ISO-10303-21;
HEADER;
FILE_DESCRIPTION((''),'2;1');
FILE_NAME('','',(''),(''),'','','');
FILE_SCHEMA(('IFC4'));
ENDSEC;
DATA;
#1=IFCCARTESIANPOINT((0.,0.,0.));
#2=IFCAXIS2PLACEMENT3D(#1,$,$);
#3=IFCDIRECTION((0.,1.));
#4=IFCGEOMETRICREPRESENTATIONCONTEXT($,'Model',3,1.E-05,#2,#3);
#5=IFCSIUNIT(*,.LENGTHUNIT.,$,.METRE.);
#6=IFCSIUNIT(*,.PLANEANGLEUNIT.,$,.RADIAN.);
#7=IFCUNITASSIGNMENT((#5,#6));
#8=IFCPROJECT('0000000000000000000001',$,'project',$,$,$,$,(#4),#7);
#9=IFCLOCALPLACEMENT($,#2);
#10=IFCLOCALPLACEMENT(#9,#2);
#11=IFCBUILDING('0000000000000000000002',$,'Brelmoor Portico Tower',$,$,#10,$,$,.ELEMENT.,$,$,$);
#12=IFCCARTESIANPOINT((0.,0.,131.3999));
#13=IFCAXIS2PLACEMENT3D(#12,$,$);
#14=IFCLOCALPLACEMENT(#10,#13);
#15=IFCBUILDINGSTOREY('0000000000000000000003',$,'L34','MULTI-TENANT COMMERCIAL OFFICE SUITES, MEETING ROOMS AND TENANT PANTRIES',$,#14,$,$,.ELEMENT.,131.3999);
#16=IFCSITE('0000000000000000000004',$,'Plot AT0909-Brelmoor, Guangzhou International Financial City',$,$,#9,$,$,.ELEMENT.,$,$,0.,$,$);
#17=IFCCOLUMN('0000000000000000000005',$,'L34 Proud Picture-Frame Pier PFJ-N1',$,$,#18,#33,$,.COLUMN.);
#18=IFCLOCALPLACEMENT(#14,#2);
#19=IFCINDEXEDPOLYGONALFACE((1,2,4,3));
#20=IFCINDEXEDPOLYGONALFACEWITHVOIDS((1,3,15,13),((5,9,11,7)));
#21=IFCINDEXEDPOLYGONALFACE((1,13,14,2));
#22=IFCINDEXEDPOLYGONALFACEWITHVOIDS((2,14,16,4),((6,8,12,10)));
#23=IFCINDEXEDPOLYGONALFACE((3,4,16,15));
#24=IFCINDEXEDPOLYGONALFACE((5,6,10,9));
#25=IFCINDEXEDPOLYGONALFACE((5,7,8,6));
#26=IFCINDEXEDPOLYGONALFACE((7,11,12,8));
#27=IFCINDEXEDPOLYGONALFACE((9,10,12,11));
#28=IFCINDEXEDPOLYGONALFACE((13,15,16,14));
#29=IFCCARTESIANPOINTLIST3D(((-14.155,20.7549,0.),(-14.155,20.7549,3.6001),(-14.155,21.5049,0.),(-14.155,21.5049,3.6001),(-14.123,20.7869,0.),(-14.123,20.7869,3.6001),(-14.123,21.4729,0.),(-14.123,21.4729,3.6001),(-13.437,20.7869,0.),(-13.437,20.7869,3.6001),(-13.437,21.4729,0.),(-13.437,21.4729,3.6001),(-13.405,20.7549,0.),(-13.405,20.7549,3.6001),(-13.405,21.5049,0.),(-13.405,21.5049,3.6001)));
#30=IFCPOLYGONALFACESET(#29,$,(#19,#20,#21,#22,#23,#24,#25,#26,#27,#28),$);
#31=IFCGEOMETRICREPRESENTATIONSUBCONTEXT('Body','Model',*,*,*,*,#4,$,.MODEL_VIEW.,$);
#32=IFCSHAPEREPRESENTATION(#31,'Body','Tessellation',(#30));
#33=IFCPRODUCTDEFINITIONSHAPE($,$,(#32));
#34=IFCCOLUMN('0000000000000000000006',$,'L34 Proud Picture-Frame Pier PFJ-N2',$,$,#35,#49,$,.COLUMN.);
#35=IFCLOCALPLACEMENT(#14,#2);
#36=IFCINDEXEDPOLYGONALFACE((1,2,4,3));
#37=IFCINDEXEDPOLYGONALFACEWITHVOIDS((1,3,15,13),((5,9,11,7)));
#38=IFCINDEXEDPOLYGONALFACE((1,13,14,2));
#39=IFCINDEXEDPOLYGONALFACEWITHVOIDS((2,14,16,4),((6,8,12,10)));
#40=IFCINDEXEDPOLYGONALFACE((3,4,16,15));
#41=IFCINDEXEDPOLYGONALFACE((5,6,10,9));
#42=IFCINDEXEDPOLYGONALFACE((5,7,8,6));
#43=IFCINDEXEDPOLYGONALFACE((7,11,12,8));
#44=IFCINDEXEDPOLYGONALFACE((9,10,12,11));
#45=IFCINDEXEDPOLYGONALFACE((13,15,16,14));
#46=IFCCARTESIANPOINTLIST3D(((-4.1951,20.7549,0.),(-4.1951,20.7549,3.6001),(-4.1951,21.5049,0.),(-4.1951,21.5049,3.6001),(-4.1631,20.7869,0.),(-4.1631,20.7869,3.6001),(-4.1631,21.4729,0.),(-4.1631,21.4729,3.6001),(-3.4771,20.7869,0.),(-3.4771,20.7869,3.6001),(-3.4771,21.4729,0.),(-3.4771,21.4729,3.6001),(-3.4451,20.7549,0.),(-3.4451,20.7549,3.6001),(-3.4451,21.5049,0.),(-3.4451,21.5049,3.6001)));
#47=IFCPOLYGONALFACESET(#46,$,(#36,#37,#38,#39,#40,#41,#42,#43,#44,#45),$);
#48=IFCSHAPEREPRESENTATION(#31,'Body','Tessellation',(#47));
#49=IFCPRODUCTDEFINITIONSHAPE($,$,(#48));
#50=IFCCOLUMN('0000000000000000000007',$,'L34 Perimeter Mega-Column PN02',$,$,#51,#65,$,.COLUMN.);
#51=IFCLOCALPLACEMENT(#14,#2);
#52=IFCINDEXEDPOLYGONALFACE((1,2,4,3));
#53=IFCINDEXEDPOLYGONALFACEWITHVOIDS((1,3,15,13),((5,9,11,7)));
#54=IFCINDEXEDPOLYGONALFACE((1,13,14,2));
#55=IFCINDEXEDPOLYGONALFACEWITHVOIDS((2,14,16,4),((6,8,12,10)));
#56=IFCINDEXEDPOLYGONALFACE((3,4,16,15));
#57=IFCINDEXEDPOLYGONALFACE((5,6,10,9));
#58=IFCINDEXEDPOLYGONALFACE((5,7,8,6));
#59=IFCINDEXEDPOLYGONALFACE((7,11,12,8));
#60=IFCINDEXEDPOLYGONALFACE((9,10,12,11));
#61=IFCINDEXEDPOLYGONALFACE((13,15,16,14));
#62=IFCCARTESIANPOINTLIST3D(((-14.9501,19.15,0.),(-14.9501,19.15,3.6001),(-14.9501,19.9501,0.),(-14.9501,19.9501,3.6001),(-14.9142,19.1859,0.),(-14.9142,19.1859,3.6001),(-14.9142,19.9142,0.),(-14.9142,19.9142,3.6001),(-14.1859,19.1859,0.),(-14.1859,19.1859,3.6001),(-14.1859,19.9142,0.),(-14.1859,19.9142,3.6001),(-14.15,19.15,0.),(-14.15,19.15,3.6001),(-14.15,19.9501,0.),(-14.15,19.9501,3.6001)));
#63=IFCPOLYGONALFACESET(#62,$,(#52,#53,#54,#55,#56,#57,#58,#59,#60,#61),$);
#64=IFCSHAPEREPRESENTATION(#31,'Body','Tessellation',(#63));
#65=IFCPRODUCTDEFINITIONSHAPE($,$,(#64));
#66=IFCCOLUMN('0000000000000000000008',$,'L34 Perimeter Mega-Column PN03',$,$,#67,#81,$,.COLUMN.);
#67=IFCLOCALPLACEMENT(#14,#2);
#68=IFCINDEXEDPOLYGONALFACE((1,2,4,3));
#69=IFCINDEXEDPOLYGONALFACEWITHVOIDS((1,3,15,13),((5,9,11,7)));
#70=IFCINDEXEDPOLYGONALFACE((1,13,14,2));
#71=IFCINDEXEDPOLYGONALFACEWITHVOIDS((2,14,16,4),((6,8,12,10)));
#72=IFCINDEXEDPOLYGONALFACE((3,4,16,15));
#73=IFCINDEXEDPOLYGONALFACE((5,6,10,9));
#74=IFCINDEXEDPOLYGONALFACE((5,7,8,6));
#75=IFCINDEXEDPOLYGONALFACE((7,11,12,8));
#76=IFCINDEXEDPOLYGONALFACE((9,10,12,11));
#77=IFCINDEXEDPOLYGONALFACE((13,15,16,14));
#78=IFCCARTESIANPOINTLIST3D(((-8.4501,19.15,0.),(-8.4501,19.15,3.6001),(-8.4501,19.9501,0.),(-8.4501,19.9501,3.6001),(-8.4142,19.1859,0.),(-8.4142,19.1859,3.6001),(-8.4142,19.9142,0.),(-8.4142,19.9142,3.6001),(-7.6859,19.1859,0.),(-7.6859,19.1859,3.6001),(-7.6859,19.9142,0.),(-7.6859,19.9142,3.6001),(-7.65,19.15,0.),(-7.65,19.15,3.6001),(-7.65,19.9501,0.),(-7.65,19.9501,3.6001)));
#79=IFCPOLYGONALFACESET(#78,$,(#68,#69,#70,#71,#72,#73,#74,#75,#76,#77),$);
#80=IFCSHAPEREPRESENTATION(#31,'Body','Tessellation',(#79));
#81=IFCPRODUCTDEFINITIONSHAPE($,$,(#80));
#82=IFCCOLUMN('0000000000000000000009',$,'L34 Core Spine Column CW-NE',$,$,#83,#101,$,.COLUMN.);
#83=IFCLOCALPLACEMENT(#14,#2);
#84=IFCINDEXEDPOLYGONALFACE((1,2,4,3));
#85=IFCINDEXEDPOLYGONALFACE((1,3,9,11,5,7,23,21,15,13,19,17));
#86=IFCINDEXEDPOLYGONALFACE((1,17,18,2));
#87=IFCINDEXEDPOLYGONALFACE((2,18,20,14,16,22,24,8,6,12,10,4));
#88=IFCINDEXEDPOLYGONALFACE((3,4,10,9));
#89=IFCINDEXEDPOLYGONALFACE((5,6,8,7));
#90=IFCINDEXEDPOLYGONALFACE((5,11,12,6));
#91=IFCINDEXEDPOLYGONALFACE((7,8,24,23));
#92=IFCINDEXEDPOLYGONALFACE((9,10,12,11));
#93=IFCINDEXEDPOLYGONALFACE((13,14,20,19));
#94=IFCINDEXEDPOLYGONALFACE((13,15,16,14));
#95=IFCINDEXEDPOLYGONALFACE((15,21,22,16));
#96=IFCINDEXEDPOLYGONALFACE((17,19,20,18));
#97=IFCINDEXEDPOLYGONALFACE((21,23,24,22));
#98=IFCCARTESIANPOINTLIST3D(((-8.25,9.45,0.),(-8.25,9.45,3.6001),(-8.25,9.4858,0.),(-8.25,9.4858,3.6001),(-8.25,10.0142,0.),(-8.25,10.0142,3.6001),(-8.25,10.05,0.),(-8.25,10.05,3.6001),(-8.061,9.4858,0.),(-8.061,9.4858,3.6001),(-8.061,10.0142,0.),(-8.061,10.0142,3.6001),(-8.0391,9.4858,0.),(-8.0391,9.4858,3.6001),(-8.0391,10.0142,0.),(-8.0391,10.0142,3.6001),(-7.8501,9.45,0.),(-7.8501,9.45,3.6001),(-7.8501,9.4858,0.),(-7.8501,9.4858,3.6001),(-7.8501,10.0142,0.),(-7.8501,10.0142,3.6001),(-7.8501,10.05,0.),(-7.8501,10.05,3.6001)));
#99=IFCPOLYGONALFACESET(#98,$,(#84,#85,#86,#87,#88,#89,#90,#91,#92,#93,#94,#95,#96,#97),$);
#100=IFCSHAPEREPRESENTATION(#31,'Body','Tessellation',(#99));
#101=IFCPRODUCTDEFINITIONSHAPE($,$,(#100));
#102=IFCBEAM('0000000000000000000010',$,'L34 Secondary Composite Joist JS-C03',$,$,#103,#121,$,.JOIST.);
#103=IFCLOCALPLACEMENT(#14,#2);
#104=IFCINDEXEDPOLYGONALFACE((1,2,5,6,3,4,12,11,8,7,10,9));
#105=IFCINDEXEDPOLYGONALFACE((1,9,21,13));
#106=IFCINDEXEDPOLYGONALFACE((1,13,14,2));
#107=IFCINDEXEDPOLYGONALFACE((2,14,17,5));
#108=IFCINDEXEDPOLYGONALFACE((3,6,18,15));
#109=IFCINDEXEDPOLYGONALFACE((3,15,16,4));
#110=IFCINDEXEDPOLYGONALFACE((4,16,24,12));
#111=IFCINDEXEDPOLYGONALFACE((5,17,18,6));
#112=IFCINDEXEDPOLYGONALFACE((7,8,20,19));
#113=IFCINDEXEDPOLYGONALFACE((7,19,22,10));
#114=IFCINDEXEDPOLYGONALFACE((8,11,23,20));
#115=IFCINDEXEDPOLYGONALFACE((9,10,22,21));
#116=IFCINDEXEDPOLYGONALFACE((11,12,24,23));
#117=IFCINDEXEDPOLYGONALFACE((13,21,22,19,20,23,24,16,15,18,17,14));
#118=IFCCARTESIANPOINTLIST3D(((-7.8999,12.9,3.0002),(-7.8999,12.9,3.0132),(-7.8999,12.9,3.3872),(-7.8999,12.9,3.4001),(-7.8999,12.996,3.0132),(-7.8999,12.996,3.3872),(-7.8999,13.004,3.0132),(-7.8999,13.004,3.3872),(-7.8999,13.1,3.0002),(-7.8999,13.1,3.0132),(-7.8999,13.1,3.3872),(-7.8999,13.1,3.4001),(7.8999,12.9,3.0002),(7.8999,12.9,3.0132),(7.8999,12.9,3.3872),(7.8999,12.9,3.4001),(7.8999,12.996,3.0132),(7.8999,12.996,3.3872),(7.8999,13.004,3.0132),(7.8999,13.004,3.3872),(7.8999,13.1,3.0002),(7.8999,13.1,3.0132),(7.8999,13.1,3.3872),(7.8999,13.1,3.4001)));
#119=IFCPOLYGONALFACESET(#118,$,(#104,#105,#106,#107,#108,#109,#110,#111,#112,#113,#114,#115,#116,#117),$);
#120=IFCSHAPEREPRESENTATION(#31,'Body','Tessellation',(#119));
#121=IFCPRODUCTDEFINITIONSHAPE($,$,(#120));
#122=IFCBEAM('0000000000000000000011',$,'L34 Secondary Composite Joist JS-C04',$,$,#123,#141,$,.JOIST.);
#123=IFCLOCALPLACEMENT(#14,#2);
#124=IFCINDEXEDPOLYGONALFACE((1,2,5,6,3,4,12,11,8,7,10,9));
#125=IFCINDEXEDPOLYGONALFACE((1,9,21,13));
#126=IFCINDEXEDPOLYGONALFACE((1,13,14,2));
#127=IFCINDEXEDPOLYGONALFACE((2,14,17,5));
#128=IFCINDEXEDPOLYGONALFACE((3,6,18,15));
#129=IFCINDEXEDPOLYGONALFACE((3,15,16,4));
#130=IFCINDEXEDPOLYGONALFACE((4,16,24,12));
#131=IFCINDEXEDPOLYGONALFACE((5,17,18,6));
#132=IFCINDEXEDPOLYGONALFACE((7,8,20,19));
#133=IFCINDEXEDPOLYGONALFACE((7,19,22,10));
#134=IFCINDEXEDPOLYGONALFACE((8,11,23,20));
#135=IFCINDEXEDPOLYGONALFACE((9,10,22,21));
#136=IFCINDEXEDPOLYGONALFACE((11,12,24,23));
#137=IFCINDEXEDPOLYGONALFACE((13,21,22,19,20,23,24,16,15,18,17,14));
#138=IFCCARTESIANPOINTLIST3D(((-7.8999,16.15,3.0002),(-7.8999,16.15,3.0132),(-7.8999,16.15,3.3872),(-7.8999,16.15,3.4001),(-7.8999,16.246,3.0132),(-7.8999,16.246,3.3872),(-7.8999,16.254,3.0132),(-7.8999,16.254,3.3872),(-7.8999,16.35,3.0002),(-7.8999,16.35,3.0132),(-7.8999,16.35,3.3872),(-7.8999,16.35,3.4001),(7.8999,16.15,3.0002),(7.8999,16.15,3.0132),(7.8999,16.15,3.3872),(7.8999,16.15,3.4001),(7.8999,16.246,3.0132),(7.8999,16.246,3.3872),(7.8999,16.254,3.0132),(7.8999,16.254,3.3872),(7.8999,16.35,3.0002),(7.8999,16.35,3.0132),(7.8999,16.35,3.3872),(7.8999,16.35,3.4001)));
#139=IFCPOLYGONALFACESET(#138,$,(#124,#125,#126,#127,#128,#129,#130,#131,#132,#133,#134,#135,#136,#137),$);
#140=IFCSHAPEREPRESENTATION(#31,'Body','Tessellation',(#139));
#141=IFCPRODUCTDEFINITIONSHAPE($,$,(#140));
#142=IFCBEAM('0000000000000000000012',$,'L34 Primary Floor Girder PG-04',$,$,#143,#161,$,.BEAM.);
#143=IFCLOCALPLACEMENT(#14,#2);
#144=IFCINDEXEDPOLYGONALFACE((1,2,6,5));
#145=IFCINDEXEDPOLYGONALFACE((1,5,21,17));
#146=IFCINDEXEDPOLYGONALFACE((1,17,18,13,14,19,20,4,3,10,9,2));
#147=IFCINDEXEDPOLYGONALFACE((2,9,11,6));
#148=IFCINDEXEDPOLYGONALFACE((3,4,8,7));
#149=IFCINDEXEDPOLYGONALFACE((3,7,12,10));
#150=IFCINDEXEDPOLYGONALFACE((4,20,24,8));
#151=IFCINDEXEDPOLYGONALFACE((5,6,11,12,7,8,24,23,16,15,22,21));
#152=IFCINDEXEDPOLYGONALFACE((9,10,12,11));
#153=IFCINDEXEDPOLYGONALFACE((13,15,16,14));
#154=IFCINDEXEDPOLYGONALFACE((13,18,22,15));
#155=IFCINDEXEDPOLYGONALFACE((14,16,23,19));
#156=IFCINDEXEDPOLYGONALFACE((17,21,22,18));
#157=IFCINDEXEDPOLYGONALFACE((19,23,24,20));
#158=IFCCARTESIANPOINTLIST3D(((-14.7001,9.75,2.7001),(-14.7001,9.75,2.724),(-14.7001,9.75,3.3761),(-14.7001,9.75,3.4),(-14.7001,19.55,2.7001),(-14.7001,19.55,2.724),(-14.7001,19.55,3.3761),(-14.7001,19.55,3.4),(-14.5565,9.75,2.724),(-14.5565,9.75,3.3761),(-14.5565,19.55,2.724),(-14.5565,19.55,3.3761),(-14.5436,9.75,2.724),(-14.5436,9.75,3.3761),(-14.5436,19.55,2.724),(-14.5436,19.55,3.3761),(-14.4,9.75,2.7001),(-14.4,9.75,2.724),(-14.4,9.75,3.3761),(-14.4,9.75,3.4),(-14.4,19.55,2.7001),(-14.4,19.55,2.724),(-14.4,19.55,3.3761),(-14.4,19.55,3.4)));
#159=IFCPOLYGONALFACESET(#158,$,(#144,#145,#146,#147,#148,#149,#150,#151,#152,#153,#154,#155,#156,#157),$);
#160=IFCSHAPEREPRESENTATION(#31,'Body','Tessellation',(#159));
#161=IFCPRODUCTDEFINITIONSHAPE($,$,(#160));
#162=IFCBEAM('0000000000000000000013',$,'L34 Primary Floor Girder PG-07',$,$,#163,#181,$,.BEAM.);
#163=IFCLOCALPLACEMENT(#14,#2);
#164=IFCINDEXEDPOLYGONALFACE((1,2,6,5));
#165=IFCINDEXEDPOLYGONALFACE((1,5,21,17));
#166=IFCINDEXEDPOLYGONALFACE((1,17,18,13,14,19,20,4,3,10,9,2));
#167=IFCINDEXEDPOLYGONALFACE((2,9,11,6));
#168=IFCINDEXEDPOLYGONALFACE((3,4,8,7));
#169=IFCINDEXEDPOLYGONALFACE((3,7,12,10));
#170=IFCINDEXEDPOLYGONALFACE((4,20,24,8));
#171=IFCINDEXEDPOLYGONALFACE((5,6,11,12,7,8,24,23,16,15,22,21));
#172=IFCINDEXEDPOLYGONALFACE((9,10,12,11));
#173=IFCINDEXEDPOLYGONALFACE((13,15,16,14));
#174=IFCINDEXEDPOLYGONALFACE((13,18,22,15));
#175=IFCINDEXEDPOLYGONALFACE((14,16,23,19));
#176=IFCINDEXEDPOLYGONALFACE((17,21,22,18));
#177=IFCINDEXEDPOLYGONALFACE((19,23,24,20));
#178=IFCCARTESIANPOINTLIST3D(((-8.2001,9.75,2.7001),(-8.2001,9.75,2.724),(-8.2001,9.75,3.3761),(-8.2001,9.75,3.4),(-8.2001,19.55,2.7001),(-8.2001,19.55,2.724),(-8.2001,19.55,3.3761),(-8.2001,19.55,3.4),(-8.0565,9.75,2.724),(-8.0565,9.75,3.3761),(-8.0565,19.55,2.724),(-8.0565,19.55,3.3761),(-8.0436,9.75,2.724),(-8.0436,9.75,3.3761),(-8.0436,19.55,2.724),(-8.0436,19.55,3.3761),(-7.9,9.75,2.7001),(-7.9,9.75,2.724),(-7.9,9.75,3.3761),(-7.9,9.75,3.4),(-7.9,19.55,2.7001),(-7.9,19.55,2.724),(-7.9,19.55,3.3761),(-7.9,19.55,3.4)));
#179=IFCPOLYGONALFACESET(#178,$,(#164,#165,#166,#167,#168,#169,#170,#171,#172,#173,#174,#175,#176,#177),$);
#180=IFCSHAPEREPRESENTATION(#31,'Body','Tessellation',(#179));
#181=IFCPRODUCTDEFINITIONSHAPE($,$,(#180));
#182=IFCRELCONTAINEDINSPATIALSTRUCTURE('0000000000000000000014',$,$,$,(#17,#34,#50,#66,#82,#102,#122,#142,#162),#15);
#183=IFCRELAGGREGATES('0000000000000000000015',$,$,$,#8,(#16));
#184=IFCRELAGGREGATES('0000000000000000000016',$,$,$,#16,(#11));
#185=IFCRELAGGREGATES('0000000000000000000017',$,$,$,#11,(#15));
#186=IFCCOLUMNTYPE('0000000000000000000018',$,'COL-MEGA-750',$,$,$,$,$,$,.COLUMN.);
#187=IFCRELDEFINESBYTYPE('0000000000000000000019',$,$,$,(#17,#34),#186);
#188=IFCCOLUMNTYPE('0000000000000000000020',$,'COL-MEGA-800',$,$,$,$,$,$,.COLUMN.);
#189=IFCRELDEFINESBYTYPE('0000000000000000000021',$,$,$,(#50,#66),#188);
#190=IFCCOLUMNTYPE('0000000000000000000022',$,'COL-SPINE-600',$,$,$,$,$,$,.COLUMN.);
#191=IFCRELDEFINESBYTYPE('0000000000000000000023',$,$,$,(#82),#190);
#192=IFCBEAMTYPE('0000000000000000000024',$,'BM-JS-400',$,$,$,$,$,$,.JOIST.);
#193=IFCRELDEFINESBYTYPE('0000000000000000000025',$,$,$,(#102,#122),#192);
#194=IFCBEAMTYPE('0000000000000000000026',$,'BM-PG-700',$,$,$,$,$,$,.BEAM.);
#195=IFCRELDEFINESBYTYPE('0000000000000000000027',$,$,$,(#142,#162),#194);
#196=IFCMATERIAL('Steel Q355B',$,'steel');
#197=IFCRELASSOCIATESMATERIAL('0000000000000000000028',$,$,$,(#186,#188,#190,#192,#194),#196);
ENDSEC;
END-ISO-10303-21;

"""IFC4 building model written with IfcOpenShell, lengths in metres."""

from ifc_helpers import new_model, si_unit, direction, frame, origin, origin_2d, place, context, subcontext, project, spatial, hollow_rectangle, i_section, extrude, material, material_profile, profile_set, type_object, element, save


model = new_model("IFC4")

# Units and contexts
model_context = context("Model", 3, precision=1e-05, world=origin(), true_north=direction((0.0, 1.0)))
body_context = subcontext(model_context, "Body", "Model", "MODEL_VIEW")
ifc_project = project(units=[si_unit("LENGTHUNIT", "METRE"), si_unit("PLANEANGLEUNIT", "RADIAN")], contexts=[model_context])

# Site, building, storey
site_placement = place(None, origin())
site = spatial("IfcSite", under=ifc_project, at=site_placement, Name="Plot AT0909-Brelmoor, Guangzhou International Financial City", CompositionType="ELEMENT", RefElevation=0.0)
building_placement = place(site_placement, origin())
building = spatial("IfcBuilding", under=site, at=building_placement, Name="Brelmoor Portico Tower", CompositionType="ELEMENT")
storey_placement = place(building_placement, frame((0.0, 0.0, 131.3999)))
storey = spatial("IfcBuildingStorey", under=building, at=storey_placement, Name="L34", Description="MULTI-TENANT COMMERCIAL OFFICE SUITES, MEETING ROOMS AND TENANT PANTRIES", CompositionType="ELEMENT", Elevation=131.3999)

# Columns
ifc_material_1 = material(Name="Steel Q355B", Category="steel")
ifc_material_profile_1 = material_profile(ifc_material_1, hollow_rectangle(XDim=0.75, YDim=0.75, WallThickness=0.032, at=origin_2d()), Name="BOX 750x750x32")
ifc_profile_set_1 = profile_set([ifc_material_profile_1], Name="Steel Q355B")
column_type_1 = type_object("IfcColumnType", Name="COL-MEGA-750", PredefinedType="COLUMN", material=ifc_profile_set_1)
for number, where, z_axis, x_axis, name in (
    (1, (-13.78, 21.1299, 0.0), (0.0, 0.0, 1.0), (1.0, 0.0, 0.0), "L34 Proud Picture-Frame Pier PFJ-N1"),
    (2, (-3.8201, 21.1299, 0.0), (0.0, 0.0, 1.0), (1.0, 0.0, 0.0), "L34 Proud Picture-Frame Pier PFJ-N2"),
):
    element("IfcColumn", number, at=place(storey_placement, frame(where, z_axis=z_axis, x_axis=x_axis)), inside=storey, type_object=column_type_1, Name=name, PredefinedType="COLUMN", context=body_context, shape_type="SweptSolid", body=[
        extrude(hollow_rectangle(XDim=0.75, YDim=0.75, WallThickness=0.032, at=origin_2d()), origin(), (0.0, 0.0, 1.0), 3.6001),
    ])
ifc_material_profile_2 = material_profile(ifc_material_1, hollow_rectangle(XDim=0.8, YDim=0.8, WallThickness=0.0359, at=origin_2d()), Name="BOX 800x800x36")
ifc_profile_set_2 = profile_set([ifc_material_profile_2], Name="Steel Q355B")
column_type_2 = type_object("IfcColumnType", Name="COL-MEGA-800", PredefinedType="COLUMN", material=ifc_profile_set_2)
for number, where, z_axis, x_axis, name in (
    (3, (-14.55, 19.55, 0.0), (0.0, 0.0, 1.0), (1.0, 0.0, 0.0), "L34 Perimeter Mega-Column PN02"),
    (4, (-8.05, 19.55, 0.0), (0.0, 0.0, 1.0), (1.0, 0.0, 0.0), "L34 Perimeter Mega-Column PN03"),
):
    element("IfcColumn", number, at=place(storey_placement, frame(where, z_axis=z_axis, x_axis=x_axis)), inside=storey, type_object=column_type_2, Name=name, PredefinedType="COLUMN", context=body_context, shape_type="SweptSolid", body=[
        extrude(hollow_rectangle(XDim=0.8, YDim=0.8, WallThickness=0.0359, at=origin_2d()), origin(), (0.0, 0.0, 1.0), 3.6001),
    ])
ifc_material_profile_3 = material_profile(ifc_material_1, i_section(OverallWidth=0.3999, OverallDepth=0.6001, WebThickness=0.022, FlangeThickness=0.0359, at=origin_2d()), Name="HW 600x400x22x36")
ifc_profile_set_3 = profile_set([ifc_material_profile_3], Name="Steel Q355B")
column_type_3 = type_object("IfcColumnType", Name="COL-SPINE-600", PredefinedType="COLUMN", material=ifc_profile_set_3)
column_placement = place(storey_placement, frame((-8.05, 9.75, 0.0), z_axis=(0.0, 0.0, 1.0), x_axis=(1.0, 0.0, 0.0)))
element("IfcColumn", 5, at=column_placement, inside=storey, type_object=column_type_3, Name="L34 Core Spine Column CW-NE", PredefinedType="COLUMN", context=body_context, shape_type="SweptSolid", body=[
    extrude(i_section(OverallWidth=0.3999, OverallDepth=0.6001, WebThickness=0.022, FlangeThickness=0.0359, at=origin_2d()), origin(), (0.0, 0.0, 1.0), 3.6001),
])

# Beams
ifc_material_profile_4 = material_profile(ifc_material_1, i_section(OverallWidth=0.2, OverallDepth=0.3999, WebThickness=0.0081, FlangeThickness=0.0129, at=origin_2d()), Name="HN 400x200x8x13")
ifc_profile_set_4 = profile_set([ifc_material_profile_4], Name="Steel Q355B")
beam_type_1 = type_object("IfcBeamType", Name="BM-JS-400", PredefinedType="JOIST", material=ifc_profile_set_4)
for number, where, z_axis, x_axis, name in (
    (6, (-7.8999, 13.0, 3.2002), (1.0, 0.0, 0.0), (0.0, 1.0, 0.0), "L34 Secondary Composite Joist JS-C03"),
    (7, (-7.8999, 16.25, 3.2002), (1.0, 0.0, 0.0), (0.0, 1.0, 0.0), "L34 Secondary Composite Joist JS-C04"),
):
    element("IfcBeam", number, at=place(storey_placement, frame(where, z_axis=z_axis, x_axis=x_axis)), inside=storey, type_object=beam_type_1, Name=name, PredefinedType="JOIST", context=body_context, shape_type="SweptSolid", body=[
        extrude(i_section(OverallWidth=0.2, OverallDepth=0.3999, WebThickness=0.0081, FlangeThickness=0.0129, at=origin_2d()), origin(), (0.0, 0.0, 1.0), 15.7998),
    ])
ifc_material_profile_5 = material_profile(ifc_material_1, i_section(OverallWidth=0.3, OverallDepth=0.7, WebThickness=0.0129, FlangeThickness=0.0239, at=origin_2d()), Name="HN 700x300x13x24")
ifc_profile_set_5 = profile_set([ifc_material_profile_5], Name="Steel Q355B")
beam_type_2 = type_object("IfcBeamType", Name="BM-PG-700", PredefinedType="BEAM", material=ifc_profile_set_5)
for number, where, z_axis, x_axis, name in (
    (8, (-14.55, 9.75, 3.05), (0.0, 1.0, 0.0), (-1.0, 0.0, 0.0), "L34 Primary Floor Girder PG-04"),
    (9, (-8.05, 9.75, 3.05), (0.0, 1.0, 0.0), (-1.0, 0.0, 0.0), "L34 Primary Floor Girder PG-07"),
):
    element("IfcBeam", number, at=place(storey_placement, frame(where, z_axis=z_axis, x_axis=x_axis)), inside=storey, type_object=beam_type_2, Name=name, PredefinedType="BEAM", context=body_context, shape_type="SweptSolid", body=[
        extrude(i_section(OverallWidth=0.3, OverallDepth=0.7, WebThickness=0.0129, FlangeThickness=0.0239, at=origin_2d()), origin(), (0.0, 0.0, 1.0), 9.8),
    ])

save(model, "model.ifc")
